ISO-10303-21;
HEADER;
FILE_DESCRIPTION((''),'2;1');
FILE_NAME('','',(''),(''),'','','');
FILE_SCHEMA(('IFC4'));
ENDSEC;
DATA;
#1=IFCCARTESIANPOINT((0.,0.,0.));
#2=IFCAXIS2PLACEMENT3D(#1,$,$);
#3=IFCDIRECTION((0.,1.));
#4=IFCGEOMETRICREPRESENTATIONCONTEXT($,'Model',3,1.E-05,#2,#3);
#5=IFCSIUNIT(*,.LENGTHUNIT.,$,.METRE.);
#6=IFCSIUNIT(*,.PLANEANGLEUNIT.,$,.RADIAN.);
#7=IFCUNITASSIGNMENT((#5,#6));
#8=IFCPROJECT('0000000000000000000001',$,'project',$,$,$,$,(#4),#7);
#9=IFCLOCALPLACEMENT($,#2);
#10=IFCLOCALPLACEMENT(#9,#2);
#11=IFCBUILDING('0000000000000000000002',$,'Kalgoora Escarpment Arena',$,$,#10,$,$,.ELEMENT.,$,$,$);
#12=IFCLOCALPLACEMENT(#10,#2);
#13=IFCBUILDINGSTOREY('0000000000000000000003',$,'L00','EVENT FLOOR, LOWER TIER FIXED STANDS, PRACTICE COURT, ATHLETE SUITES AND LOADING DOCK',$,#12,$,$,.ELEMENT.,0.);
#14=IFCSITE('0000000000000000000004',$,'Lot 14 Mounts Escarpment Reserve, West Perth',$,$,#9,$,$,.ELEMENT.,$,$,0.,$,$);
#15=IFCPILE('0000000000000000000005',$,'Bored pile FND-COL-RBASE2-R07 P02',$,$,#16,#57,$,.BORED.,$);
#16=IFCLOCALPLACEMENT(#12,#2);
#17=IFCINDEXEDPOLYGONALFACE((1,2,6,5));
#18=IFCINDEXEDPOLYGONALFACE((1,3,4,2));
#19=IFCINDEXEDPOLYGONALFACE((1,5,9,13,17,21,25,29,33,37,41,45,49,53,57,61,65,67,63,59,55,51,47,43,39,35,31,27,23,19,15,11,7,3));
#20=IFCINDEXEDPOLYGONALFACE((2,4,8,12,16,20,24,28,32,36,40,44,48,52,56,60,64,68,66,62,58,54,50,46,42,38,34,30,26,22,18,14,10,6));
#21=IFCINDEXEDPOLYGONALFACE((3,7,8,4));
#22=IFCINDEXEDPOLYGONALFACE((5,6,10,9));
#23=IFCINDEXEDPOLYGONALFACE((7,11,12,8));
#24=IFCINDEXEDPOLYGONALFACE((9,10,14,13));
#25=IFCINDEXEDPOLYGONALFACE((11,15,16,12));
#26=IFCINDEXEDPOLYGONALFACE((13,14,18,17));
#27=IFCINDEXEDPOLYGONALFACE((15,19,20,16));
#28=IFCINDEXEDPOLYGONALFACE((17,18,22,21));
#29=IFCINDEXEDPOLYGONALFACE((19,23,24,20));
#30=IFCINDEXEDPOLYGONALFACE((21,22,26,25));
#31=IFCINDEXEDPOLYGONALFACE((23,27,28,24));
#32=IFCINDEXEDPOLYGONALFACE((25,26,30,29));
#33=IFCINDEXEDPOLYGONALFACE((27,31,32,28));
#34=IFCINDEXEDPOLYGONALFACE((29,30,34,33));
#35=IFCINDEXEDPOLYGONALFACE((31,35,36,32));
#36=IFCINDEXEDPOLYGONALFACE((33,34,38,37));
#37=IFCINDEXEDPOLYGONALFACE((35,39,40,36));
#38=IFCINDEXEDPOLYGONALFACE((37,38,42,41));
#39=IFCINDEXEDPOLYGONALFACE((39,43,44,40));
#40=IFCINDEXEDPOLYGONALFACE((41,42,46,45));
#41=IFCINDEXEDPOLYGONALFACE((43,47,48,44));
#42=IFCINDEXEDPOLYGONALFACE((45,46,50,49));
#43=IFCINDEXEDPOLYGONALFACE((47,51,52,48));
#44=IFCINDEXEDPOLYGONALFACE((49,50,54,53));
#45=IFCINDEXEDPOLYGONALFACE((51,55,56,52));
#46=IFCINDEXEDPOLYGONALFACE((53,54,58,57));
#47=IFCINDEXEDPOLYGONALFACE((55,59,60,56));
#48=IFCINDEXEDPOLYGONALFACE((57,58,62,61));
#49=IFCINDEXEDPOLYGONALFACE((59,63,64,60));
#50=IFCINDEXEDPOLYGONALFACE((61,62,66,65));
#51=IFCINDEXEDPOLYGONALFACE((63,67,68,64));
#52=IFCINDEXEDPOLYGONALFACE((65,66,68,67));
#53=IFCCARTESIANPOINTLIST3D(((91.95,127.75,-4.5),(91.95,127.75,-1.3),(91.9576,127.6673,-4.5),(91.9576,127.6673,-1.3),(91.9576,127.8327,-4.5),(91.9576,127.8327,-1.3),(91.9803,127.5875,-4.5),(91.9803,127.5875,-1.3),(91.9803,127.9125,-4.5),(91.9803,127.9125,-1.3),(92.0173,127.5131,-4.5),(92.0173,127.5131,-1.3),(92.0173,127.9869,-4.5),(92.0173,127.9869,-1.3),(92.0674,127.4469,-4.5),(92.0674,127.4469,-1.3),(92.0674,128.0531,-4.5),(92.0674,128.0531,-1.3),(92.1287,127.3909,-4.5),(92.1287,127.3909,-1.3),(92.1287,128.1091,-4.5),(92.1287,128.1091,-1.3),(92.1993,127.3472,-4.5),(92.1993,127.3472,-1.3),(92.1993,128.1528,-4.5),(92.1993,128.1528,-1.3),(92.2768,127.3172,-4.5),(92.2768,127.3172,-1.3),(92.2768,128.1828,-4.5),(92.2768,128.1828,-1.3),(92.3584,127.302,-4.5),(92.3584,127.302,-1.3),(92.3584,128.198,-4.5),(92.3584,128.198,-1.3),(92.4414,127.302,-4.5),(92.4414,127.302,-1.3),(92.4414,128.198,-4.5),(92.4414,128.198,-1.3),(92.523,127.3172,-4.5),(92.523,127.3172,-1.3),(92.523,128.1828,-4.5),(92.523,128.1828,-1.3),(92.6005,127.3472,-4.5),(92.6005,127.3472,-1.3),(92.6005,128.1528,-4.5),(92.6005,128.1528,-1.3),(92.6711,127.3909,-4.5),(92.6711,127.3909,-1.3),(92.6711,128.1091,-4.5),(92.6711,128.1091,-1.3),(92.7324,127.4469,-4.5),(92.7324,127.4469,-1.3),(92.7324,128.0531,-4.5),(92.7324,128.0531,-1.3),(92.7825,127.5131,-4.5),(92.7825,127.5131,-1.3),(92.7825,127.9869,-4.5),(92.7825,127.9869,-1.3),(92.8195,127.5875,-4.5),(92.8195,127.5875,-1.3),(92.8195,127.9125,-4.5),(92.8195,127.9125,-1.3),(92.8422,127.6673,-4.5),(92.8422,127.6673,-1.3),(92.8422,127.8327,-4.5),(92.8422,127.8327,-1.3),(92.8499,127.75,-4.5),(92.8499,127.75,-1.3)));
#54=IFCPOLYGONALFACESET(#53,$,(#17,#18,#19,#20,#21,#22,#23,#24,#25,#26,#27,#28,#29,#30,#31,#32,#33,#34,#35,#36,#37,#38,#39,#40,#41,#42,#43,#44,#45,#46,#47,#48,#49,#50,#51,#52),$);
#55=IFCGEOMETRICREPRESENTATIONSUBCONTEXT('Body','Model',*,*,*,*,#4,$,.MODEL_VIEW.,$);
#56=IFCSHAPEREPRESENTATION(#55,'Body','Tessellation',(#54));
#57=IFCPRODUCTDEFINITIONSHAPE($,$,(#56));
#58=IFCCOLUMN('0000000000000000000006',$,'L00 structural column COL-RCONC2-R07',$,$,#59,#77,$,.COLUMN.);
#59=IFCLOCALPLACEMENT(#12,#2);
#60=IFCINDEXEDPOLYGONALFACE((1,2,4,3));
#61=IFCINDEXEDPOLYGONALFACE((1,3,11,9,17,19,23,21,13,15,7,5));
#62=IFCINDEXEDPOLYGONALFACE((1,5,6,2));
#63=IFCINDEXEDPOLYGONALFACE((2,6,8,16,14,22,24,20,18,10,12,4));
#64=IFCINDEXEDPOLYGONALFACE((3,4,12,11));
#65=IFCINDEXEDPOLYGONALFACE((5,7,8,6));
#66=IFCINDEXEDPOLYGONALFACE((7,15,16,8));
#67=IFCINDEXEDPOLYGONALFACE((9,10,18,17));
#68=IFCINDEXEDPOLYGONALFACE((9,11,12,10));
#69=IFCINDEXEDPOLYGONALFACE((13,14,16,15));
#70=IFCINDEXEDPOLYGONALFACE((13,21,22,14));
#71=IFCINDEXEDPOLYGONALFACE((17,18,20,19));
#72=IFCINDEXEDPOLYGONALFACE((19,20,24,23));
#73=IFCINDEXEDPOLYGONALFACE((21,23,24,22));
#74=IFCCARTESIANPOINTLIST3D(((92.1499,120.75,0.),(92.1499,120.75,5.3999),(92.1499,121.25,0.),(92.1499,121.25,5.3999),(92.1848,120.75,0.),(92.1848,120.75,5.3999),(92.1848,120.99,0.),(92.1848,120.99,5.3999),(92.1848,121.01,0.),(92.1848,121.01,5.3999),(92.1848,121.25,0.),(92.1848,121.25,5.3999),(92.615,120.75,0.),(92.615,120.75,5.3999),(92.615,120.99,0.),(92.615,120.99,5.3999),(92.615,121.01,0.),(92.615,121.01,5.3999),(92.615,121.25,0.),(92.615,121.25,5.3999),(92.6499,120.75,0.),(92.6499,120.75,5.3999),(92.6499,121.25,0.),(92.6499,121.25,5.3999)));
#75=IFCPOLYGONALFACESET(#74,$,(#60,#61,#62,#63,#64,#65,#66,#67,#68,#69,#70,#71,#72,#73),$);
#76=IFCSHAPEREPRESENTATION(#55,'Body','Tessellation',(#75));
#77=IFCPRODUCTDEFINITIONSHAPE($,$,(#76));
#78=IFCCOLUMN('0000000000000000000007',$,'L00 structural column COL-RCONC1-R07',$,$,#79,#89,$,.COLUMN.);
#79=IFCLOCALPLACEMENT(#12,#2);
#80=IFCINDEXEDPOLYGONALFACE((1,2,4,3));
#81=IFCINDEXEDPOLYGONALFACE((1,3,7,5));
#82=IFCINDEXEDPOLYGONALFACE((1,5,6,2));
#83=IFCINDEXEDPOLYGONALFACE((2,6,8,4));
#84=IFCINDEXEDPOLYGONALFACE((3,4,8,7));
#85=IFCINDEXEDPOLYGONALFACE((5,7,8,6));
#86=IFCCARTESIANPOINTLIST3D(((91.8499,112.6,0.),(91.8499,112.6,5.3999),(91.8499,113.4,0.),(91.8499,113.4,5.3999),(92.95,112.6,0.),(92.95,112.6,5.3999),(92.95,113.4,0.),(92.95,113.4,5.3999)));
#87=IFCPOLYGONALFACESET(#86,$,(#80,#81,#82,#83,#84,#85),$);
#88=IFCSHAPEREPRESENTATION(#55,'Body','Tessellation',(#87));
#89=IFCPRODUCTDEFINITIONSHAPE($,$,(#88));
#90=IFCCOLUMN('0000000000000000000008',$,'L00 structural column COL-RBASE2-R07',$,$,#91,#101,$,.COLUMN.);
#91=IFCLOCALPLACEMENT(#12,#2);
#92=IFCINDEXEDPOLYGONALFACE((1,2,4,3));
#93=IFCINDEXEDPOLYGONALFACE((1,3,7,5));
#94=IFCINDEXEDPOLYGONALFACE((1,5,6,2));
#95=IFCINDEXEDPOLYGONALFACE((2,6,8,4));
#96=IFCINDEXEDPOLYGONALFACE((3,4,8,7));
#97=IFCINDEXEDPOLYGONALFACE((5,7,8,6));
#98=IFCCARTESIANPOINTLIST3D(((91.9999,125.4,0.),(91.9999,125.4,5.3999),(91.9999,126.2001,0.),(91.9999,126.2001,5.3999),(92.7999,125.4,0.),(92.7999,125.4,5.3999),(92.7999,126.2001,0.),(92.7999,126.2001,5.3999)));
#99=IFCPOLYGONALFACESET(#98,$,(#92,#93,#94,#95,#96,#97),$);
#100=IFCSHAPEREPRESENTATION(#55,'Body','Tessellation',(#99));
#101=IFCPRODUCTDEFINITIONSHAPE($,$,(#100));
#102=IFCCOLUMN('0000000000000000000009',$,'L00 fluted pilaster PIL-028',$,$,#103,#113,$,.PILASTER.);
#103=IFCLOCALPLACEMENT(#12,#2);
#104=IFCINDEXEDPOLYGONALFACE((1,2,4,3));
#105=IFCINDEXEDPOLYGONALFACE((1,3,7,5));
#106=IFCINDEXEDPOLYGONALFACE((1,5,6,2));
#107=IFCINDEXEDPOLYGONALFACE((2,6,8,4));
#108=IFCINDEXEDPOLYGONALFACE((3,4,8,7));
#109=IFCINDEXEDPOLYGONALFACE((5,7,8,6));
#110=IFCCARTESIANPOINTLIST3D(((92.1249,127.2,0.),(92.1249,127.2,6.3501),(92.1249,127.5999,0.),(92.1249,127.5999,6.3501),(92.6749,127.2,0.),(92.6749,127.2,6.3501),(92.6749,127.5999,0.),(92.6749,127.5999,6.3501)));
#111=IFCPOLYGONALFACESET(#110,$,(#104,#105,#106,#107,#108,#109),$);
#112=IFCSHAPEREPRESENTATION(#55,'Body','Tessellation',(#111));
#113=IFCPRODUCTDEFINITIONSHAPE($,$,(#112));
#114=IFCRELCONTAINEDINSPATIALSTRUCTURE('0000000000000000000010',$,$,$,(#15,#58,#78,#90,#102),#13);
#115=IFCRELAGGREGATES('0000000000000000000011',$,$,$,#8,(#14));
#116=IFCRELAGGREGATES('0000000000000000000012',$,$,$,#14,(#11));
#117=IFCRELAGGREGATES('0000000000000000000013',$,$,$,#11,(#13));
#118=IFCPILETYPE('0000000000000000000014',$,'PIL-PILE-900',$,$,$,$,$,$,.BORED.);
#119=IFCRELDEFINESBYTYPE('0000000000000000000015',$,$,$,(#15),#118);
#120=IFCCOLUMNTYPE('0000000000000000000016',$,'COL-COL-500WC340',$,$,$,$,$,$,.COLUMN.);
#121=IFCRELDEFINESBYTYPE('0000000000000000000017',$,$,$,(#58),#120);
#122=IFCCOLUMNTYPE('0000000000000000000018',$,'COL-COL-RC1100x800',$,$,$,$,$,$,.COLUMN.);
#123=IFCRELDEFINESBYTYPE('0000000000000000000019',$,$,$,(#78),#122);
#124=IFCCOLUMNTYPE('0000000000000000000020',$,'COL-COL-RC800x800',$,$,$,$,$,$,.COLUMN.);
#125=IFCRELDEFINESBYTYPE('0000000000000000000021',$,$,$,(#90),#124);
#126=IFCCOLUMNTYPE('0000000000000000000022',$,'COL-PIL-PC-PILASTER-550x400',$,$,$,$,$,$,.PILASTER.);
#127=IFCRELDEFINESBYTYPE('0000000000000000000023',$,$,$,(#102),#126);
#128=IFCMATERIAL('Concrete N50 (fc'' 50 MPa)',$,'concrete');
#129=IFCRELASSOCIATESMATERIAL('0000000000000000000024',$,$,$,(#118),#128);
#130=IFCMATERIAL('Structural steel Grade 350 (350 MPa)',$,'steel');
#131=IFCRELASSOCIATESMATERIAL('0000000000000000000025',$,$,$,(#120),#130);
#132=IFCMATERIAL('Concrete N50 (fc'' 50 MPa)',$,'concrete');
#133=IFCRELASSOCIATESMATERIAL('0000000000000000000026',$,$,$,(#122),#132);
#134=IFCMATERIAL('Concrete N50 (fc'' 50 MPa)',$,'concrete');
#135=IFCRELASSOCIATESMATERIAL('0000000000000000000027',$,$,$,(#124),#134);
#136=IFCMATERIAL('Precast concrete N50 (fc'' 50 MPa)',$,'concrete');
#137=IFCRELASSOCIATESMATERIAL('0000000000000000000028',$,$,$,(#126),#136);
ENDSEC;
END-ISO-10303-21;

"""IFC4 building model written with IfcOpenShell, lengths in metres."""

from ifc_helpers import new_model, si_unit, direction, frame, origin, origin_2d, place, context, subcontext, project, spatial, rectangle, circle, i_section, extrude, material, material_profile, profile_set, type_object, element, save


model = new_model("IFC4")

# Units and contexts
model_context = context("Model", 3, precision=1e-05, world=origin(), true_north=direction((0.0, 1.0)))
body_context = subcontext(model_context, "Body", "Model", "MODEL_VIEW")
ifc_project = project(units=[si_unit("LENGTHUNIT", "METRE"), si_unit("PLANEANGLEUNIT", "RADIAN")], contexts=[model_context])

# Site, building, storey
site_placement = place(None, origin())
site = spatial("IfcSite", under=ifc_project, at=site_placement, Name="Lot 14 Mounts Escarpment Reserve, West Perth", CompositionType="ELEMENT", RefElevation=0.0)
building_placement = place(site_placement, origin())
building = spatial("IfcBuilding", under=site, at=building_placement, Name="Kalgoora Escarpment Arena", CompositionType="ELEMENT")
storey_placement = place(building_placement, origin())
storey = spatial("IfcBuildingStorey", under=building, at=storey_placement, Name="L00", Description="EVENT FLOOR, LOWER TIER FIXED STANDS, PRACTICE COURT, ATHLETE SUITES AND LOADING DOCK", CompositionType="ELEMENT", Elevation=0.0)

# Pile
ifc_material_1 = material(Name="Concrete N50 (fc' 50 MPa)", Category="concrete")
ifc_material_profile_1 = material_profile(ifc_material_1, circle(Radius=0.45, at=origin_2d()))
ifc_profile_set_1 = profile_set([ifc_material_profile_1], Name="Concrete N50 (fc' 50 MPa)")
pile_type_1 = type_object("IfcPileType", Name="PIL-PILE-900", PredefinedType="BORED", material=ifc_profile_set_1)
for number, where, z_axis, x_axis, name in (
    (1, (92.3999, 127.75, -1.3), (0.0, 0.0, -1.0), (1.0, 0.0, 0.0), "Bored pile FND-COL-RBASE2-R07 P02"),
):
    element("IfcPile", number, at=place(storey_placement, frame(where, z_axis=z_axis, x_axis=x_axis)), inside=storey, type_object=pile_type_1, Name=name, PredefinedType="BORED", context=body_context, shape_type="SweptSolid", body=[
        extrude(circle(Radius=0.45, at=origin_2d()), origin(), (0.0, 0.0, 1.0), 3.2),
    ])

# Columns
ifc_material_2 = material(Name="Structural steel Grade 350 (350 MPa)", Category="steel")
ifc_material_profile_2 = material_profile(ifc_material_2, i_section(OverallWidth=0.5, OverallDepth=0.5, WebThickness=0.02, FlangeThickness=0.0349, at=origin_2d()))
ifc_profile_set_2 = profile_set([ifc_material_profile_2], Name="Structural steel Grade 350 (350 MPa)")
column_type_1 = type_object("IfcColumnType", Name="COL-COL-500WC340", PredefinedType="COLUMN", material=ifc_profile_set_2)
column_1_placement = place(storey_placement, frame((92.3999, 121.0, 0.0), z_axis=(0.0, 0.0, 1.0), x_axis=(0.0, 1.0, 0.0)))
element("IfcColumn", 2, at=column_1_placement, inside=storey, type_object=column_type_1, Name="L00 structural column COL-RCONC2-R07", PredefinedType="COLUMN", context=body_context, shape_type="SweptSolid", body=[
    extrude(i_section(OverallWidth=0.5, OverallDepth=0.5, WebThickness=0.02, FlangeThickness=0.0349, at=origin_2d()), origin(), (0.0, 0.0, 1.0), 5.3999),
])
ifc_material_3 = material(Name="Concrete N50 (fc' 50 MPa)", Category="concrete")
ifc_material_profile_3 = material_profile(ifc_material_3, rectangle(XDim=0.8, YDim=1.1001, at=origin_2d()))
ifc_profile_set_3 = profile_set([ifc_material_profile_3], Name="Concrete N50 (fc' 50 MPa)")
column_type_2 = type_object("IfcColumnType", Name="COL-COL-RC1100x800", PredefinedType="COLUMN", material=ifc_profile_set_3)
column_2_placement = place(storey_placement, frame((92.3999, 113.0, 0.0), z_axis=(0.0, 0.0, 1.0), x_axis=(0.0, 1.0, 0.0)))
element("IfcColumn", 3, at=column_2_placement, inside=storey, type_object=column_type_2, Name="L00 structural column COL-RCONC1-R07", PredefinedType="COLUMN", context=body_context, shape_type="SweptSolid", body=[
    extrude(rectangle(XDim=0.8, YDim=1.1001, at=origin_2d()), origin(), (0.0, 0.0, 1.0), 5.3999),
])
ifc_material_4 = material(Name="Concrete N50 (fc' 50 MPa)", Category="concrete")
ifc_material_profile_4 = material_profile(ifc_material_4, rectangle(XDim=0.8, YDim=0.8, at=origin_2d()))
ifc_profile_set_4 = profile_set([ifc_material_profile_4], Name="Concrete N50 (fc' 50 MPa)")
column_type_3 = type_object("IfcColumnType", Name="COL-COL-RC800x800", PredefinedType="COLUMN", material=ifc_profile_set_4)
column_3_placement = place(storey_placement, frame((92.3999, 125.8, 0.0), z_axis=(0.0, 0.0, 1.0), x_axis=(0.0, 1.0, 0.0)))
element("IfcColumn", 4, at=column_3_placement, inside=storey, type_object=column_type_3, Name="L00 structural column COL-RBASE2-R07", PredefinedType="COLUMN", context=body_context, shape_type="SweptSolid", body=[
    extrude(rectangle(XDim=0.8, YDim=0.8, at=origin_2d()), origin(), (0.0, 0.0, 1.0), 5.3999),
])
ifc_material_5 = material(Name="Precast concrete N50 (fc' 50 MPa)", Category="concrete")
ifc_material_profile_5 = material_profile(ifc_material_5, rectangle(XDim=0.3999, YDim=0.55, at=origin_2d()))
ifc_profile_set_5 = profile_set([ifc_material_profile_5], Name="Precast concrete N50 (fc' 50 MPa)")
column_type_4 = type_object("IfcColumnType", Name="COL-PIL-PC-PILASTER-550x400", PredefinedType="PILASTER", material=ifc_profile_set_5)
column_4_placement = place(storey_placement, frame((92.3999, 127.3999, 0.0), z_axis=(0.0, 0.0, 1.0), x_axis=(0.0, 1.0, 0.0)))
element("IfcColumn", 5, at=column_4_placement, inside=storey, type_object=column_type_4, Name="L00 fluted pilaster PIL-028", PredefinedType="PILASTER", context=body_context, shape_type="SweptSolid", body=[
    extrude(rectangle(XDim=0.3999, YDim=0.55, at=origin_2d()), origin(), (0.0, 0.0, 1.0), 6.3501),
])

save(model, "model.ifc")
